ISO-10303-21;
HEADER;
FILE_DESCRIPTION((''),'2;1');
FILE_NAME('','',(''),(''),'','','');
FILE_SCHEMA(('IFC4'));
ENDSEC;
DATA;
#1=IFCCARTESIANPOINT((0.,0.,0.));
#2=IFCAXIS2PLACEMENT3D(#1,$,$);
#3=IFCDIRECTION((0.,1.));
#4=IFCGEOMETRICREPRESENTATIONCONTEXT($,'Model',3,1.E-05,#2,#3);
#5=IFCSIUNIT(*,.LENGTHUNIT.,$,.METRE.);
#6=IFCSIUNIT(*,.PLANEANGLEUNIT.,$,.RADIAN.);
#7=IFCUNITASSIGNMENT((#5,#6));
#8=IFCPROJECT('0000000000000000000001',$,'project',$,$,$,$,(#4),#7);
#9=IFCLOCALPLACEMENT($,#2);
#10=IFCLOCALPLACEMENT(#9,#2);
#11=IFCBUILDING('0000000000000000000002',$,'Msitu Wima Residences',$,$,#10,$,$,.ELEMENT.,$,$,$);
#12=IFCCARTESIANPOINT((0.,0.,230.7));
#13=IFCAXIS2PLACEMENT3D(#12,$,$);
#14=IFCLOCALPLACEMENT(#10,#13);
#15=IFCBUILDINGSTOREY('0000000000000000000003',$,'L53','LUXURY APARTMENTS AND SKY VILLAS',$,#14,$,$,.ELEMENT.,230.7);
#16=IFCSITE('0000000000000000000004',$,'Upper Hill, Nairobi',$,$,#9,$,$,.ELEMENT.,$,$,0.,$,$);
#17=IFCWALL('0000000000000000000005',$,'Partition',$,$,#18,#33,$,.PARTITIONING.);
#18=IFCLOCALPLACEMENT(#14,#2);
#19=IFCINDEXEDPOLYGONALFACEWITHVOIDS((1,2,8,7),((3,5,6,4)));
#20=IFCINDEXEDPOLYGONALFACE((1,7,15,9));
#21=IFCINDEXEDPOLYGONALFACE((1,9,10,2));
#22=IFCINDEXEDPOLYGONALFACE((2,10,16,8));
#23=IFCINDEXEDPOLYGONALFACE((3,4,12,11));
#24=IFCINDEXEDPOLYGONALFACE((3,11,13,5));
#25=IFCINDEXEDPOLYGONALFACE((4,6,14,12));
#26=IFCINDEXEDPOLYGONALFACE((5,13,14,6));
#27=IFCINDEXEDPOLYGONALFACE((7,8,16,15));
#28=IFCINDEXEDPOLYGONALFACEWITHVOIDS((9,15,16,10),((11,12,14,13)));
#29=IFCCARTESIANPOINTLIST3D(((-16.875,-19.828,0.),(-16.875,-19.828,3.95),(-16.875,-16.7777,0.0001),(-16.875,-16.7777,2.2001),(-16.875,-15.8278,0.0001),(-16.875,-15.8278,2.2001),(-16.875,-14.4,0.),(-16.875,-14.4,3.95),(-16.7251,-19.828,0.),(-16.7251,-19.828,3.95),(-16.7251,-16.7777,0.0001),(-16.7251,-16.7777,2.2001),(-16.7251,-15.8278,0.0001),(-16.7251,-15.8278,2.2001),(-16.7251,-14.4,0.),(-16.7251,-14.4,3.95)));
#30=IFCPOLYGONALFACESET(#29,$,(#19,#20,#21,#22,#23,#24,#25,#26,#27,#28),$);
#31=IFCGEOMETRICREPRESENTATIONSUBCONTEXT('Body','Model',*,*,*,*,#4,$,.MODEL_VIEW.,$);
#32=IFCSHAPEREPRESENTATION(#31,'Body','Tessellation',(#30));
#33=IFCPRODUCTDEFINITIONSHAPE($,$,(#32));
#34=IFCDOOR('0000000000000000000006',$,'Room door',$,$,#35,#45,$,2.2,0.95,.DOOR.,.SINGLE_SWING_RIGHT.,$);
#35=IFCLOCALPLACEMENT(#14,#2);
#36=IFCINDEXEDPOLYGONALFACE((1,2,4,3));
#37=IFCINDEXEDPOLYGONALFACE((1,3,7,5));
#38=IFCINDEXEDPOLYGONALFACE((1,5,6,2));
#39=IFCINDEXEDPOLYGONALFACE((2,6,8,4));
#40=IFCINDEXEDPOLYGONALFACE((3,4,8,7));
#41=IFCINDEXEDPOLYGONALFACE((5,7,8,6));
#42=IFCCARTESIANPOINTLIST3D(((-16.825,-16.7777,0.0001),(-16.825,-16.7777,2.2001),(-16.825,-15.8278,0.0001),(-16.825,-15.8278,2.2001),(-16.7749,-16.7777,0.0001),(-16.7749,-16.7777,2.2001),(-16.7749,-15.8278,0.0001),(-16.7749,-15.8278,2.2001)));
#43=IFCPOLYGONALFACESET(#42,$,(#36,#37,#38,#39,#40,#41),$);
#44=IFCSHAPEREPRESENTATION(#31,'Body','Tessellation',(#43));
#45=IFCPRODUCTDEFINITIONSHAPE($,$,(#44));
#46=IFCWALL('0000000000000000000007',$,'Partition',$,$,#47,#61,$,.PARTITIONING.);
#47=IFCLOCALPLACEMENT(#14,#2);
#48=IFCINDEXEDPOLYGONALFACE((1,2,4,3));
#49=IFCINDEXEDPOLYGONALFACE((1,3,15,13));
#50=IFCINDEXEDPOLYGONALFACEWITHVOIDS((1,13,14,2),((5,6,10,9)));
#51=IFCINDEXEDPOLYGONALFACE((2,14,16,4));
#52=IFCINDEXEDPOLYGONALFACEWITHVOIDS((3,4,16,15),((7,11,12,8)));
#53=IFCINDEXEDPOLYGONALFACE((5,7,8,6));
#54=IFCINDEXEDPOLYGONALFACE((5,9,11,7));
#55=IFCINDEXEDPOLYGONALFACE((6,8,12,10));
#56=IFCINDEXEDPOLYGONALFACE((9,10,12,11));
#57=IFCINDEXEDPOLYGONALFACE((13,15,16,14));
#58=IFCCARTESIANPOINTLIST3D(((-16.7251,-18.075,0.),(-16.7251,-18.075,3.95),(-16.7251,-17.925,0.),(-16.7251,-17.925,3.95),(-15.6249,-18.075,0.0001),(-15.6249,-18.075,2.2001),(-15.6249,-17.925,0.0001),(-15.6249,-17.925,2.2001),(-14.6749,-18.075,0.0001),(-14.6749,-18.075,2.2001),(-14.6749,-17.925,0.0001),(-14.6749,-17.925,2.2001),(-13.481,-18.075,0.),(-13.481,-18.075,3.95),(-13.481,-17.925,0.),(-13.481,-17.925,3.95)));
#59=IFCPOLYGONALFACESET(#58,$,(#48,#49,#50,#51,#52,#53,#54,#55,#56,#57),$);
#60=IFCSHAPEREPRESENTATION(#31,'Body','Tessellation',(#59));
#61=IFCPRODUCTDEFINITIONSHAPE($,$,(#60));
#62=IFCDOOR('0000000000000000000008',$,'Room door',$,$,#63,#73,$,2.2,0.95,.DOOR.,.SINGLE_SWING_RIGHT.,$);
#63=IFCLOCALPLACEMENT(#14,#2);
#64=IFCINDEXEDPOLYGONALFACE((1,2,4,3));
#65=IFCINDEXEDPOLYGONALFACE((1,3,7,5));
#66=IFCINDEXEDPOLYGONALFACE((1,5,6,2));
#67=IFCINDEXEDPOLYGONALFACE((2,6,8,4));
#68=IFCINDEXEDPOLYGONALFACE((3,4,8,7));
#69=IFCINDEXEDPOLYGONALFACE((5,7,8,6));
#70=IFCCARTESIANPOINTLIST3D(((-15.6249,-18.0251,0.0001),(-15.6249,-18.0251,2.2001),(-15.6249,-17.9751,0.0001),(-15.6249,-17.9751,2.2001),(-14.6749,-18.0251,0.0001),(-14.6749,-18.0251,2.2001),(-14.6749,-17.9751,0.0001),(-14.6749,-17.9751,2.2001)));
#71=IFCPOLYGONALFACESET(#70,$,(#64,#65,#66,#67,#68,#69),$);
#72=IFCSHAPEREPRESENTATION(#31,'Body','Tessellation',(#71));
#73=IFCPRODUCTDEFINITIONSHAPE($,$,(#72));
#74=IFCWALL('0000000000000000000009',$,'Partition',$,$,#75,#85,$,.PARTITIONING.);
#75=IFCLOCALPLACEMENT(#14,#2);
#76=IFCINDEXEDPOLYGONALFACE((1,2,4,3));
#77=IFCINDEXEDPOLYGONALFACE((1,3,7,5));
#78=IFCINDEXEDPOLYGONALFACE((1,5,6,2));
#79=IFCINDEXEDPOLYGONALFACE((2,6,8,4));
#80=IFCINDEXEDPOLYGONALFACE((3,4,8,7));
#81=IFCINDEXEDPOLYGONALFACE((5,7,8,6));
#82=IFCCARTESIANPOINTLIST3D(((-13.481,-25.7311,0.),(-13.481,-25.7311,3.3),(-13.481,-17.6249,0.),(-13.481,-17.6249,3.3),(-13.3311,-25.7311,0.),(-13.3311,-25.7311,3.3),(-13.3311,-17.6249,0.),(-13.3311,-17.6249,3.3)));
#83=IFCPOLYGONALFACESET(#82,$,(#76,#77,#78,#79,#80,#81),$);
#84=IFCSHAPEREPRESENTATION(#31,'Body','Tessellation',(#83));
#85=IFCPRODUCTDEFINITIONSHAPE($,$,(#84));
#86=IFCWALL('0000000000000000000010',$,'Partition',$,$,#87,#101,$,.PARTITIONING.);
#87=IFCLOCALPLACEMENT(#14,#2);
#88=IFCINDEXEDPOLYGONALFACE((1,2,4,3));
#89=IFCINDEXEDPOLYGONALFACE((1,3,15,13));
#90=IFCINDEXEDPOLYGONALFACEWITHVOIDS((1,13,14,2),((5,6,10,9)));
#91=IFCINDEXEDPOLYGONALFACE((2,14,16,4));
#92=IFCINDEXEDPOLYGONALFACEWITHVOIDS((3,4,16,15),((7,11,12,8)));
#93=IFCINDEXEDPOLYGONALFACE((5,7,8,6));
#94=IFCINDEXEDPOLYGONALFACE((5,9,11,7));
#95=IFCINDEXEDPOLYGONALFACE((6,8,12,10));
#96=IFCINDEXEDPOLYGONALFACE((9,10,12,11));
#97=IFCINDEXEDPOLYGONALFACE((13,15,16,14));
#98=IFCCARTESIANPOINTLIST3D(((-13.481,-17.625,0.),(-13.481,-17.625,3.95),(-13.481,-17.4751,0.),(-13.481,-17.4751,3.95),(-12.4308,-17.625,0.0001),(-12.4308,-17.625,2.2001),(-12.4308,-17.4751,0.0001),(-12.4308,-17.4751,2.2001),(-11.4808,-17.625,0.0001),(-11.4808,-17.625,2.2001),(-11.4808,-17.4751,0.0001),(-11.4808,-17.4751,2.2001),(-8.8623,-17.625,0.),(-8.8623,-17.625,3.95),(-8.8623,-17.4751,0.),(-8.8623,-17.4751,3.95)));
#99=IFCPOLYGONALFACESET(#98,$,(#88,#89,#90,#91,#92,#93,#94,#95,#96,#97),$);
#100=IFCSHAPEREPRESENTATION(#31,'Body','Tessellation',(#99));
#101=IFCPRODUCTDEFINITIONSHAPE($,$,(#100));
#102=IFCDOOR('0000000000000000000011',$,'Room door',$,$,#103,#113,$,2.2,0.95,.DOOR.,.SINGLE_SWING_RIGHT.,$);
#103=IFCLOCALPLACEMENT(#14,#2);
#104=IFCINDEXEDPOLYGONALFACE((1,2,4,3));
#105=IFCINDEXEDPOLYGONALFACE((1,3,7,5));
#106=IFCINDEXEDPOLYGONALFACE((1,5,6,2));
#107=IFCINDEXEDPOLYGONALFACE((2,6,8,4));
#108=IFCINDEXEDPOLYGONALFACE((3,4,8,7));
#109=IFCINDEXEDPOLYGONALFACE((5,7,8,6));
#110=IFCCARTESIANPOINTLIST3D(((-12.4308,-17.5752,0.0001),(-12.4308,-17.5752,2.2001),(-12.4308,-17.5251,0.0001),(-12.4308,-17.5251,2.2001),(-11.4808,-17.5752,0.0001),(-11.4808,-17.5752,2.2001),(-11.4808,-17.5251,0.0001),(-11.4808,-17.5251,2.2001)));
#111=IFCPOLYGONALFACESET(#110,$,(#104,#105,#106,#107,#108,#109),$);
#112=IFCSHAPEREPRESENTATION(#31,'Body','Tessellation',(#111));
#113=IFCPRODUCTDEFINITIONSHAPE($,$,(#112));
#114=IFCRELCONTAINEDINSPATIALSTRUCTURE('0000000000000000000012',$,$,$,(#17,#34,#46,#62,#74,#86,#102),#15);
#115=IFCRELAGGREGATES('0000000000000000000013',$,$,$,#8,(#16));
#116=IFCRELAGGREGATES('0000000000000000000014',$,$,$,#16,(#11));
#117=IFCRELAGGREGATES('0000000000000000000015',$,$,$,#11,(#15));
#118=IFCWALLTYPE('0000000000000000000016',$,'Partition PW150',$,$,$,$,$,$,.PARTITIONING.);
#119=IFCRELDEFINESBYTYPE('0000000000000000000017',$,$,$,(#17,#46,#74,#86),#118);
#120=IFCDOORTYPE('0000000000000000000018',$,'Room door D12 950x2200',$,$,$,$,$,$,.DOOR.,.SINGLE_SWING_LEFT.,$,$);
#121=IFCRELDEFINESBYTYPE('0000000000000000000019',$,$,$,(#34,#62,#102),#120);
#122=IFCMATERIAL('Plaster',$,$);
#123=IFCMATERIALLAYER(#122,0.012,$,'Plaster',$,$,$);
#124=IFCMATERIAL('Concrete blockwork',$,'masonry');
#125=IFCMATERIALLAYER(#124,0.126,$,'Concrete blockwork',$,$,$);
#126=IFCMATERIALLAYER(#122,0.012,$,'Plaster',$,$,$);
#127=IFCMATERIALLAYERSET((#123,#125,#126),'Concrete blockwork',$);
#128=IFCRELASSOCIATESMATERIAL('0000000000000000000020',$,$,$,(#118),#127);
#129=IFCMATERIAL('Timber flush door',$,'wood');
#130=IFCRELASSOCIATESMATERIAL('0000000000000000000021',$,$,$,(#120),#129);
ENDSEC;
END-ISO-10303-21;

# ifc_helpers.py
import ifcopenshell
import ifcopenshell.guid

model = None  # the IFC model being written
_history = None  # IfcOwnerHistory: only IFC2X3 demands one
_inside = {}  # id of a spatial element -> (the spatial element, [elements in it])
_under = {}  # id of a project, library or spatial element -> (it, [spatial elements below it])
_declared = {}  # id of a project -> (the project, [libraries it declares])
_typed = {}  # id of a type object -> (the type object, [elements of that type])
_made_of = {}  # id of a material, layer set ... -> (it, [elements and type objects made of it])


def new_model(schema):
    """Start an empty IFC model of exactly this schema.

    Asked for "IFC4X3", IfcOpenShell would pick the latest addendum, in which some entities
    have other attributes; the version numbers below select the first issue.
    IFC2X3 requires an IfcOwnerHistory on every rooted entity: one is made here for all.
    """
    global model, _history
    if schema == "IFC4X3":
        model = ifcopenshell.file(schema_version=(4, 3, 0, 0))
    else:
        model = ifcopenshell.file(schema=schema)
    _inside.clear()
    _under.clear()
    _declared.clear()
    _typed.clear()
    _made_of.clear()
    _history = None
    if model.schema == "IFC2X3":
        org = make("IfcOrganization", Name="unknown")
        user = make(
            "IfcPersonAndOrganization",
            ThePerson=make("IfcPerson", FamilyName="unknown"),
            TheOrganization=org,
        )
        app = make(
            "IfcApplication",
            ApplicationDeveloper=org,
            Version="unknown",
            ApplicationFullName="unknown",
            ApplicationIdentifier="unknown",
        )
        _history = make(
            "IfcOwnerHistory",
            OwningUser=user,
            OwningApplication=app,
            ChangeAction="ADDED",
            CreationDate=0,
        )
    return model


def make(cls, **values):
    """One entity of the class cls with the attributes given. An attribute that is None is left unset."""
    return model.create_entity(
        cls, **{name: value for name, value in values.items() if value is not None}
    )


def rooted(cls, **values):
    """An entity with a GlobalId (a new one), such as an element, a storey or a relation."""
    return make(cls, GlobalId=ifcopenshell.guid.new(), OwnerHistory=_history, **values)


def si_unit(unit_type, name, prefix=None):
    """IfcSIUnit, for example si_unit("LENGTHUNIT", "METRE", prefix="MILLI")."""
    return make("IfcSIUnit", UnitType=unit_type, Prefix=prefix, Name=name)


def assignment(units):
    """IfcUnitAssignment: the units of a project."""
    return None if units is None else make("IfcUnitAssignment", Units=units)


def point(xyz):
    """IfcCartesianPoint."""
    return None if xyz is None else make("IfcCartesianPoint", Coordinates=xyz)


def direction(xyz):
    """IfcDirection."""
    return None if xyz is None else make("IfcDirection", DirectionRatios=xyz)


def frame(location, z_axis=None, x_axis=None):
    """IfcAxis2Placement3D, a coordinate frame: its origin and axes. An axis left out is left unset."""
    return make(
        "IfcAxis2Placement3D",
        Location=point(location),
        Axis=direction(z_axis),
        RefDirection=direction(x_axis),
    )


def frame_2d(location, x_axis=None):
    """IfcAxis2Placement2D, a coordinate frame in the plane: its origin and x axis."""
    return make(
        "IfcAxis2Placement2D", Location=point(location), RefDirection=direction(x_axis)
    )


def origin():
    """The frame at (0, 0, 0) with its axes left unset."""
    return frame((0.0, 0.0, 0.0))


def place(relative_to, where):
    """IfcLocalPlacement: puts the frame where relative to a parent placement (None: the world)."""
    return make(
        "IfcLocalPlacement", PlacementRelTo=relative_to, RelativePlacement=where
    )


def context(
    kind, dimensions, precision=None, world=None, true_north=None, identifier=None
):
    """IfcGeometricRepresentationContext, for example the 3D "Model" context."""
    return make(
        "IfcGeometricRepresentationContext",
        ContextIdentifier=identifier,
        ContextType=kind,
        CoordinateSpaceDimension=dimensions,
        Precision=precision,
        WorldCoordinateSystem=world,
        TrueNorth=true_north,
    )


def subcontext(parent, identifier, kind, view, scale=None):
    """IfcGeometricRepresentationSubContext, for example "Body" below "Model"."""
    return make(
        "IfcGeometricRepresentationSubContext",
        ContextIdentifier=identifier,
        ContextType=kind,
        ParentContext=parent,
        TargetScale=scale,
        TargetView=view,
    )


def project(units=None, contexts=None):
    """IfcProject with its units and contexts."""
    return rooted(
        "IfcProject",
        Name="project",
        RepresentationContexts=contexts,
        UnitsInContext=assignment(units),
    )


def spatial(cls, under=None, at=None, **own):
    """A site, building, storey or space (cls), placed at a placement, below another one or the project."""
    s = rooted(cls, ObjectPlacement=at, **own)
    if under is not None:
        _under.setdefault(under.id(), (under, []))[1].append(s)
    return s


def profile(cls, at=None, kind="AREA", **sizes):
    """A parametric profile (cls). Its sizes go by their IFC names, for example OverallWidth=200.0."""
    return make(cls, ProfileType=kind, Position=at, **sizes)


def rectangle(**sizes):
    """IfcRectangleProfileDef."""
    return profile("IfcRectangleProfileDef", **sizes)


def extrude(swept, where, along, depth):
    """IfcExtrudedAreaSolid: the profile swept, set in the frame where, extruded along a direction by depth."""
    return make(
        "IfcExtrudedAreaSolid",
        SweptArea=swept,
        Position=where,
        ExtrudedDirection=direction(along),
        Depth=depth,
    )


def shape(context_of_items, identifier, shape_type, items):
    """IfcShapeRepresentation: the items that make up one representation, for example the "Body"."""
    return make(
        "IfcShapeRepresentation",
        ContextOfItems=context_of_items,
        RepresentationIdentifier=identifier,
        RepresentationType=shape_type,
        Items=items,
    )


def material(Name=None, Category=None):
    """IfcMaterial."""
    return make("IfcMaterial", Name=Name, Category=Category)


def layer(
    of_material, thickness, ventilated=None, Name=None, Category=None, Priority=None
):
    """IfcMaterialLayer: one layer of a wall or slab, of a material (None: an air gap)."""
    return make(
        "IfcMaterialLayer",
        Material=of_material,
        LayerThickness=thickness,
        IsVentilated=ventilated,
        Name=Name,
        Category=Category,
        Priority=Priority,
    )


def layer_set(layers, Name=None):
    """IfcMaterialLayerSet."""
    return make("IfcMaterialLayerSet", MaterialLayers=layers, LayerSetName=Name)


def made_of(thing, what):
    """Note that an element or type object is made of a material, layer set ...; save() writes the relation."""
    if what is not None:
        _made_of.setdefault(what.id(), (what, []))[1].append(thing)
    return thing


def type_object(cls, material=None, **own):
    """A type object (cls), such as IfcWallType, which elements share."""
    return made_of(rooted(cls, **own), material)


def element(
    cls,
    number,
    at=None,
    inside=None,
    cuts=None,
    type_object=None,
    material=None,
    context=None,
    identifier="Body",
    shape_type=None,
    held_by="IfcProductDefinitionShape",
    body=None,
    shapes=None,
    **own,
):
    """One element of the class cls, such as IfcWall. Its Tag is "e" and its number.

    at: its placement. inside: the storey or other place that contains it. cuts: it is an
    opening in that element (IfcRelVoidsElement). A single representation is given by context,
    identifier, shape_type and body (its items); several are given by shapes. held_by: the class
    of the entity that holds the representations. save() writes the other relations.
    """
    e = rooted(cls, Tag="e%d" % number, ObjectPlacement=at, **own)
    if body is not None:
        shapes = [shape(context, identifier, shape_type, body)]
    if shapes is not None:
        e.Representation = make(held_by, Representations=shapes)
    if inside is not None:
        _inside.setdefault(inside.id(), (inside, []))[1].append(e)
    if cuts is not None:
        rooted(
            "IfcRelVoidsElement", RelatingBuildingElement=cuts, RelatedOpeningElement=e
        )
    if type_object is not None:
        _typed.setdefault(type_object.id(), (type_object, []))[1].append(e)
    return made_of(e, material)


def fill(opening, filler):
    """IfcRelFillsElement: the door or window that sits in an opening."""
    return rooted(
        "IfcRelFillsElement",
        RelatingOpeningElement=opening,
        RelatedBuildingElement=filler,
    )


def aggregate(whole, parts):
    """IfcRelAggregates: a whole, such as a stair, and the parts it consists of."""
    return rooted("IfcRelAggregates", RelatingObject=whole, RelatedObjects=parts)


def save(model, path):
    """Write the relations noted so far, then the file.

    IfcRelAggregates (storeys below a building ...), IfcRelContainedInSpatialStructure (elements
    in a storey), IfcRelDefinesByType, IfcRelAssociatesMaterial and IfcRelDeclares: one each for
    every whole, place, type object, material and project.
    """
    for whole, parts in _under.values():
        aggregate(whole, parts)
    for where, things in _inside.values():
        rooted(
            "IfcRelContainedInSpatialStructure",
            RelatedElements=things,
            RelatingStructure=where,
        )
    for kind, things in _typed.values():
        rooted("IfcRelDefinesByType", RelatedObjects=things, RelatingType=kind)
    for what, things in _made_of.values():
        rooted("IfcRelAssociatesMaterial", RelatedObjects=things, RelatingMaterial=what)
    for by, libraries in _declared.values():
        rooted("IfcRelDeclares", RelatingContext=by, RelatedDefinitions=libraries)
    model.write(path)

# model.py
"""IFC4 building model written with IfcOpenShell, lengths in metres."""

from ifc_helpers import new_model, si_unit, direction, frame, frame_2d, origin, place, context, subcontext, project, spatial, rectangle, extrude, material, layer, layer_set, type_object, element, fill, save


model = new_model("IFC4")

# Units and contexts
model_context = context("Model", 3, precision=1e-05, world=origin(), true_north=direction((0.0, 1.0)))
body_context = subcontext(model_context, "Body", "Model", "MODEL_VIEW")
ifc_project = project(units=[si_unit("LENGTHUNIT", "METRE"), si_unit("PLANEANGLEUNIT", "RADIAN")], contexts=[model_context])

# Site, building, storey
site_placement = place(None, origin())
site = spatial("IfcSite", under=ifc_project, at=site_placement, Name="Upper Hill, Nairobi", CompositionType="ELEMENT", RefElevation=0.0)
building_placement = place(site_placement, origin())
building = spatial("IfcBuilding", under=site, at=building_placement, Name="Msitu Wima Residences", CompositionType="ELEMENT")
storey_placement = place(building_placement, frame((0.0, 0.0, 230.7)))
storey = spatial("IfcBuildingStorey", under=building, at=storey_placement, Name="L53", Description="LUXURY APARTMENTS AND SKY VILLAS", CompositionType="ELEMENT", Elevation=230.7)

# Shared definitions
ifc_material_1 = material(Name="Plaster")
ifc_material_2 = material(Name="Concrete blockwork", Category="masonry")

# Shared definitions
ifc_layer_1 = layer(ifc_material_1, 0.012, Name="Plaster")
ifc_layer_2 = layer(ifc_material_2, 0.126, Name="Concrete blockwork")
ifc_layer_3 = layer(ifc_material_1, 0.012, Name="Plaster")
ifc_layer_set_1 = layer_set([ifc_layer_1, ifc_layer_2, ifc_layer_3], Name="Concrete blockwork")
wall_type_1 = type_object("IfcWallType", Name="Partition PW150", PredefinedType="PARTITIONING", material=ifc_layer_set_1)

# Shared definitions
ifc_material_3 = material(Name="Timber flush door", Category="wood")
door_type_1 = type_object("IfcDoorType", Name="Room door D12 950x2200", OperationType="SINGLE_SWING_LEFT", PredefinedType="DOOR", material=ifc_material_3)

# Walls, openings, doors
wall_1_placement = place(storey_placement, frame((-16.8, -19.8279, 0.0), z_axis=(0.0, 0.0, 1.0), x_axis=(0.0, 1.0, 0.0)))
wall_1 = element("IfcWall", 1, at=wall_1_placement, inside=storey, type_object=wall_type_1, Name="Partition", PredefinedType="PARTITIONING", context=body_context, shape_type="SweptSolid", body=[
    extrude(rectangle(XDim=5.428, YDim=0.1499, at=frame_2d((2.7139, 0.0))), origin(), (0.0, 0.0, 1.0), 3.95),
])
opening_1_placement = place(wall_1_placement, frame((3.05, 0.0, 0.0)))
opening_1 = element("IfcOpeningElement", 2, at=opening_1_placement, cuts=wall_1, PredefinedType="OPENING", context=body_context, shape_type="SweptSolid", body=[
    extrude(rectangle(XDim=0.95, YDim=2.2, at=frame_2d((0.4751, 1.1001))), frame((0.0, 0.085, 0.0), z_axis=(0.0, -1.0, 0.0), x_axis=(1.0, 0.0, 0.0)), (0.0, 0.0, 1.0), 0.1699),
])
door_1_placement = place(opening_1_placement, origin())
door_1 = element("IfcDoor", 3, at=door_1_placement, inside=storey, type_object=door_type_1, Name="Room door", OperationType="SINGLE_SWING_RIGHT", OverallHeight=2.2, OverallWidth=0.95, PredefinedType="DOOR", context=body_context, shape_type="SweptSolid", body=[
    extrude(rectangle(XDim=0.95, YDim=2.2, at=frame_2d((0.4751, 1.1001))), frame((0.0, 0.0249, 0.0), z_axis=(0.0, -1.0, 0.0), x_axis=(1.0, 0.0, 0.0)), (0.0, 0.0, 1.0), 0.05),
])
fill(opening_1, door_1)
wall_2_placement = place(storey_placement, frame((-16.7251, -18.0, 0.0), z_axis=(0.0, 0.0, 1.0), x_axis=(1.0, 0.0, 0.0)))
wall_2 = element("IfcWall", 4, at=wall_2_placement, inside=storey, type_object=wall_type_1, Name="Partition", PredefinedType="PARTITIONING", context=body_context, shape_type="SweptSolid", body=[
    extrude(rectangle(XDim=3.2441, YDim=0.1499, at=frame_2d((1.6221, 0.0))), origin(), (0.0, 0.0, 1.0), 3.95),
])
opening_2_placement = place(wall_2_placement, frame((1.1001, 0.0, 0.0)))
opening_2 = element("IfcOpeningElement", 5, at=opening_2_placement, cuts=wall_2, PredefinedType="OPENING", context=body_context, shape_type="SweptSolid", body=[
    extrude(rectangle(XDim=0.95, YDim=2.2, at=frame_2d((0.4751, 1.1001))), frame((0.0, 0.085, 0.0), z_axis=(0.0, -1.0, 0.0), x_axis=(1.0, 0.0, 0.0)), (0.0, 0.0, 1.0), 0.1699),
])
door_2_placement = place(opening_2_placement, origin())
door_2 = element("IfcDoor", 6, at=door_2_placement, inside=storey, type_object=door_type_1, Name="Room door", OperationType="SINGLE_SWING_RIGHT", OverallHeight=2.2, OverallWidth=0.95, PredefinedType="DOOR", context=body_context, shape_type="SweptSolid", body=[
    extrude(rectangle(XDim=0.95, YDim=2.2, at=frame_2d((0.4751, 1.1001))), frame((0.0, 0.0249, 0.0), z_axis=(0.0, -1.0, 0.0), x_axis=(1.0, 0.0, 0.0)), (0.0, 0.0, 1.0), 0.05),
])
fill(opening_2, door_2)

# Wall
wall_3_placement = place(storey_placement, frame((-13.406, -25.7312, 0.0), z_axis=(0.0, 0.0, 1.0), x_axis=(0.0, 1.0, 0.0)))
element("IfcWall", 7, at=wall_3_placement, inside=storey, type_object=wall_type_1, Name="Partition", PredefinedType="PARTITIONING", context=body_context, shape_type="SweptSolid", body=[
    extrude(rectangle(XDim=8.1062, YDim=0.1499, at=frame_2d((4.0532, 0.0))), origin(), (0.0, 0.0, 1.0), 3.3),
])

# Wall, opening, door
wall_4_placement = place(storey_placement, frame((-13.481, -17.55, 0.0), z_axis=(0.0, 0.0, 1.0), x_axis=(1.0, 0.0, 0.0)))
wall_4 = element("IfcWall", 8, at=wall_4_placement, inside=storey, type_object=wall_type_1, Name="Partition", PredefinedType="PARTITIONING", context=body_context, shape_type="SweptSolid", body=[
    extrude(rectangle(XDim=4.6187, YDim=0.1499, at=frame_2d((2.3093, 0.0))), origin(), (0.0, 0.0, 1.0), 3.95),
])
opening_3_placement = place(wall_4_placement, frame((1.05, 0.0, 0.0)))
opening_3 = element("IfcOpeningElement", 9, at=opening_3_placement, cuts=wall_4, PredefinedType="OPENING", context=body_context, shape_type="SweptSolid", body=[
    extrude(rectangle(XDim=0.95, YDim=2.2, at=frame_2d((0.4751, 1.1001))), frame((0.0, 0.085, 0.0), z_axis=(0.0, -1.0, 0.0), x_axis=(1.0, 0.0, 0.0)), (0.0, 0.0, 1.0), 0.1699),
])
door_3_placement = place(opening_3_placement, origin())
door_3 = element("IfcDoor", 10, at=door_3_placement, inside=storey, type_object=door_type_1, Name="Room door", OperationType="SINGLE_SWING_RIGHT", OverallHeight=2.2, OverallWidth=0.95, PredefinedType="DOOR", context=body_context, shape_type="SweptSolid", body=[
    extrude(rectangle(XDim=0.95, YDim=2.2, at=frame_2d((0.4751, 1.1001))), frame((0.0, 0.0249, 0.0), z_axis=(0.0, -1.0, 0.0), x_axis=(1.0, 0.0, 0.0)), (0.0, 0.0, 1.0), 0.05),
])
fill(opening_3, door_3)

save(model, "model.ifc")
